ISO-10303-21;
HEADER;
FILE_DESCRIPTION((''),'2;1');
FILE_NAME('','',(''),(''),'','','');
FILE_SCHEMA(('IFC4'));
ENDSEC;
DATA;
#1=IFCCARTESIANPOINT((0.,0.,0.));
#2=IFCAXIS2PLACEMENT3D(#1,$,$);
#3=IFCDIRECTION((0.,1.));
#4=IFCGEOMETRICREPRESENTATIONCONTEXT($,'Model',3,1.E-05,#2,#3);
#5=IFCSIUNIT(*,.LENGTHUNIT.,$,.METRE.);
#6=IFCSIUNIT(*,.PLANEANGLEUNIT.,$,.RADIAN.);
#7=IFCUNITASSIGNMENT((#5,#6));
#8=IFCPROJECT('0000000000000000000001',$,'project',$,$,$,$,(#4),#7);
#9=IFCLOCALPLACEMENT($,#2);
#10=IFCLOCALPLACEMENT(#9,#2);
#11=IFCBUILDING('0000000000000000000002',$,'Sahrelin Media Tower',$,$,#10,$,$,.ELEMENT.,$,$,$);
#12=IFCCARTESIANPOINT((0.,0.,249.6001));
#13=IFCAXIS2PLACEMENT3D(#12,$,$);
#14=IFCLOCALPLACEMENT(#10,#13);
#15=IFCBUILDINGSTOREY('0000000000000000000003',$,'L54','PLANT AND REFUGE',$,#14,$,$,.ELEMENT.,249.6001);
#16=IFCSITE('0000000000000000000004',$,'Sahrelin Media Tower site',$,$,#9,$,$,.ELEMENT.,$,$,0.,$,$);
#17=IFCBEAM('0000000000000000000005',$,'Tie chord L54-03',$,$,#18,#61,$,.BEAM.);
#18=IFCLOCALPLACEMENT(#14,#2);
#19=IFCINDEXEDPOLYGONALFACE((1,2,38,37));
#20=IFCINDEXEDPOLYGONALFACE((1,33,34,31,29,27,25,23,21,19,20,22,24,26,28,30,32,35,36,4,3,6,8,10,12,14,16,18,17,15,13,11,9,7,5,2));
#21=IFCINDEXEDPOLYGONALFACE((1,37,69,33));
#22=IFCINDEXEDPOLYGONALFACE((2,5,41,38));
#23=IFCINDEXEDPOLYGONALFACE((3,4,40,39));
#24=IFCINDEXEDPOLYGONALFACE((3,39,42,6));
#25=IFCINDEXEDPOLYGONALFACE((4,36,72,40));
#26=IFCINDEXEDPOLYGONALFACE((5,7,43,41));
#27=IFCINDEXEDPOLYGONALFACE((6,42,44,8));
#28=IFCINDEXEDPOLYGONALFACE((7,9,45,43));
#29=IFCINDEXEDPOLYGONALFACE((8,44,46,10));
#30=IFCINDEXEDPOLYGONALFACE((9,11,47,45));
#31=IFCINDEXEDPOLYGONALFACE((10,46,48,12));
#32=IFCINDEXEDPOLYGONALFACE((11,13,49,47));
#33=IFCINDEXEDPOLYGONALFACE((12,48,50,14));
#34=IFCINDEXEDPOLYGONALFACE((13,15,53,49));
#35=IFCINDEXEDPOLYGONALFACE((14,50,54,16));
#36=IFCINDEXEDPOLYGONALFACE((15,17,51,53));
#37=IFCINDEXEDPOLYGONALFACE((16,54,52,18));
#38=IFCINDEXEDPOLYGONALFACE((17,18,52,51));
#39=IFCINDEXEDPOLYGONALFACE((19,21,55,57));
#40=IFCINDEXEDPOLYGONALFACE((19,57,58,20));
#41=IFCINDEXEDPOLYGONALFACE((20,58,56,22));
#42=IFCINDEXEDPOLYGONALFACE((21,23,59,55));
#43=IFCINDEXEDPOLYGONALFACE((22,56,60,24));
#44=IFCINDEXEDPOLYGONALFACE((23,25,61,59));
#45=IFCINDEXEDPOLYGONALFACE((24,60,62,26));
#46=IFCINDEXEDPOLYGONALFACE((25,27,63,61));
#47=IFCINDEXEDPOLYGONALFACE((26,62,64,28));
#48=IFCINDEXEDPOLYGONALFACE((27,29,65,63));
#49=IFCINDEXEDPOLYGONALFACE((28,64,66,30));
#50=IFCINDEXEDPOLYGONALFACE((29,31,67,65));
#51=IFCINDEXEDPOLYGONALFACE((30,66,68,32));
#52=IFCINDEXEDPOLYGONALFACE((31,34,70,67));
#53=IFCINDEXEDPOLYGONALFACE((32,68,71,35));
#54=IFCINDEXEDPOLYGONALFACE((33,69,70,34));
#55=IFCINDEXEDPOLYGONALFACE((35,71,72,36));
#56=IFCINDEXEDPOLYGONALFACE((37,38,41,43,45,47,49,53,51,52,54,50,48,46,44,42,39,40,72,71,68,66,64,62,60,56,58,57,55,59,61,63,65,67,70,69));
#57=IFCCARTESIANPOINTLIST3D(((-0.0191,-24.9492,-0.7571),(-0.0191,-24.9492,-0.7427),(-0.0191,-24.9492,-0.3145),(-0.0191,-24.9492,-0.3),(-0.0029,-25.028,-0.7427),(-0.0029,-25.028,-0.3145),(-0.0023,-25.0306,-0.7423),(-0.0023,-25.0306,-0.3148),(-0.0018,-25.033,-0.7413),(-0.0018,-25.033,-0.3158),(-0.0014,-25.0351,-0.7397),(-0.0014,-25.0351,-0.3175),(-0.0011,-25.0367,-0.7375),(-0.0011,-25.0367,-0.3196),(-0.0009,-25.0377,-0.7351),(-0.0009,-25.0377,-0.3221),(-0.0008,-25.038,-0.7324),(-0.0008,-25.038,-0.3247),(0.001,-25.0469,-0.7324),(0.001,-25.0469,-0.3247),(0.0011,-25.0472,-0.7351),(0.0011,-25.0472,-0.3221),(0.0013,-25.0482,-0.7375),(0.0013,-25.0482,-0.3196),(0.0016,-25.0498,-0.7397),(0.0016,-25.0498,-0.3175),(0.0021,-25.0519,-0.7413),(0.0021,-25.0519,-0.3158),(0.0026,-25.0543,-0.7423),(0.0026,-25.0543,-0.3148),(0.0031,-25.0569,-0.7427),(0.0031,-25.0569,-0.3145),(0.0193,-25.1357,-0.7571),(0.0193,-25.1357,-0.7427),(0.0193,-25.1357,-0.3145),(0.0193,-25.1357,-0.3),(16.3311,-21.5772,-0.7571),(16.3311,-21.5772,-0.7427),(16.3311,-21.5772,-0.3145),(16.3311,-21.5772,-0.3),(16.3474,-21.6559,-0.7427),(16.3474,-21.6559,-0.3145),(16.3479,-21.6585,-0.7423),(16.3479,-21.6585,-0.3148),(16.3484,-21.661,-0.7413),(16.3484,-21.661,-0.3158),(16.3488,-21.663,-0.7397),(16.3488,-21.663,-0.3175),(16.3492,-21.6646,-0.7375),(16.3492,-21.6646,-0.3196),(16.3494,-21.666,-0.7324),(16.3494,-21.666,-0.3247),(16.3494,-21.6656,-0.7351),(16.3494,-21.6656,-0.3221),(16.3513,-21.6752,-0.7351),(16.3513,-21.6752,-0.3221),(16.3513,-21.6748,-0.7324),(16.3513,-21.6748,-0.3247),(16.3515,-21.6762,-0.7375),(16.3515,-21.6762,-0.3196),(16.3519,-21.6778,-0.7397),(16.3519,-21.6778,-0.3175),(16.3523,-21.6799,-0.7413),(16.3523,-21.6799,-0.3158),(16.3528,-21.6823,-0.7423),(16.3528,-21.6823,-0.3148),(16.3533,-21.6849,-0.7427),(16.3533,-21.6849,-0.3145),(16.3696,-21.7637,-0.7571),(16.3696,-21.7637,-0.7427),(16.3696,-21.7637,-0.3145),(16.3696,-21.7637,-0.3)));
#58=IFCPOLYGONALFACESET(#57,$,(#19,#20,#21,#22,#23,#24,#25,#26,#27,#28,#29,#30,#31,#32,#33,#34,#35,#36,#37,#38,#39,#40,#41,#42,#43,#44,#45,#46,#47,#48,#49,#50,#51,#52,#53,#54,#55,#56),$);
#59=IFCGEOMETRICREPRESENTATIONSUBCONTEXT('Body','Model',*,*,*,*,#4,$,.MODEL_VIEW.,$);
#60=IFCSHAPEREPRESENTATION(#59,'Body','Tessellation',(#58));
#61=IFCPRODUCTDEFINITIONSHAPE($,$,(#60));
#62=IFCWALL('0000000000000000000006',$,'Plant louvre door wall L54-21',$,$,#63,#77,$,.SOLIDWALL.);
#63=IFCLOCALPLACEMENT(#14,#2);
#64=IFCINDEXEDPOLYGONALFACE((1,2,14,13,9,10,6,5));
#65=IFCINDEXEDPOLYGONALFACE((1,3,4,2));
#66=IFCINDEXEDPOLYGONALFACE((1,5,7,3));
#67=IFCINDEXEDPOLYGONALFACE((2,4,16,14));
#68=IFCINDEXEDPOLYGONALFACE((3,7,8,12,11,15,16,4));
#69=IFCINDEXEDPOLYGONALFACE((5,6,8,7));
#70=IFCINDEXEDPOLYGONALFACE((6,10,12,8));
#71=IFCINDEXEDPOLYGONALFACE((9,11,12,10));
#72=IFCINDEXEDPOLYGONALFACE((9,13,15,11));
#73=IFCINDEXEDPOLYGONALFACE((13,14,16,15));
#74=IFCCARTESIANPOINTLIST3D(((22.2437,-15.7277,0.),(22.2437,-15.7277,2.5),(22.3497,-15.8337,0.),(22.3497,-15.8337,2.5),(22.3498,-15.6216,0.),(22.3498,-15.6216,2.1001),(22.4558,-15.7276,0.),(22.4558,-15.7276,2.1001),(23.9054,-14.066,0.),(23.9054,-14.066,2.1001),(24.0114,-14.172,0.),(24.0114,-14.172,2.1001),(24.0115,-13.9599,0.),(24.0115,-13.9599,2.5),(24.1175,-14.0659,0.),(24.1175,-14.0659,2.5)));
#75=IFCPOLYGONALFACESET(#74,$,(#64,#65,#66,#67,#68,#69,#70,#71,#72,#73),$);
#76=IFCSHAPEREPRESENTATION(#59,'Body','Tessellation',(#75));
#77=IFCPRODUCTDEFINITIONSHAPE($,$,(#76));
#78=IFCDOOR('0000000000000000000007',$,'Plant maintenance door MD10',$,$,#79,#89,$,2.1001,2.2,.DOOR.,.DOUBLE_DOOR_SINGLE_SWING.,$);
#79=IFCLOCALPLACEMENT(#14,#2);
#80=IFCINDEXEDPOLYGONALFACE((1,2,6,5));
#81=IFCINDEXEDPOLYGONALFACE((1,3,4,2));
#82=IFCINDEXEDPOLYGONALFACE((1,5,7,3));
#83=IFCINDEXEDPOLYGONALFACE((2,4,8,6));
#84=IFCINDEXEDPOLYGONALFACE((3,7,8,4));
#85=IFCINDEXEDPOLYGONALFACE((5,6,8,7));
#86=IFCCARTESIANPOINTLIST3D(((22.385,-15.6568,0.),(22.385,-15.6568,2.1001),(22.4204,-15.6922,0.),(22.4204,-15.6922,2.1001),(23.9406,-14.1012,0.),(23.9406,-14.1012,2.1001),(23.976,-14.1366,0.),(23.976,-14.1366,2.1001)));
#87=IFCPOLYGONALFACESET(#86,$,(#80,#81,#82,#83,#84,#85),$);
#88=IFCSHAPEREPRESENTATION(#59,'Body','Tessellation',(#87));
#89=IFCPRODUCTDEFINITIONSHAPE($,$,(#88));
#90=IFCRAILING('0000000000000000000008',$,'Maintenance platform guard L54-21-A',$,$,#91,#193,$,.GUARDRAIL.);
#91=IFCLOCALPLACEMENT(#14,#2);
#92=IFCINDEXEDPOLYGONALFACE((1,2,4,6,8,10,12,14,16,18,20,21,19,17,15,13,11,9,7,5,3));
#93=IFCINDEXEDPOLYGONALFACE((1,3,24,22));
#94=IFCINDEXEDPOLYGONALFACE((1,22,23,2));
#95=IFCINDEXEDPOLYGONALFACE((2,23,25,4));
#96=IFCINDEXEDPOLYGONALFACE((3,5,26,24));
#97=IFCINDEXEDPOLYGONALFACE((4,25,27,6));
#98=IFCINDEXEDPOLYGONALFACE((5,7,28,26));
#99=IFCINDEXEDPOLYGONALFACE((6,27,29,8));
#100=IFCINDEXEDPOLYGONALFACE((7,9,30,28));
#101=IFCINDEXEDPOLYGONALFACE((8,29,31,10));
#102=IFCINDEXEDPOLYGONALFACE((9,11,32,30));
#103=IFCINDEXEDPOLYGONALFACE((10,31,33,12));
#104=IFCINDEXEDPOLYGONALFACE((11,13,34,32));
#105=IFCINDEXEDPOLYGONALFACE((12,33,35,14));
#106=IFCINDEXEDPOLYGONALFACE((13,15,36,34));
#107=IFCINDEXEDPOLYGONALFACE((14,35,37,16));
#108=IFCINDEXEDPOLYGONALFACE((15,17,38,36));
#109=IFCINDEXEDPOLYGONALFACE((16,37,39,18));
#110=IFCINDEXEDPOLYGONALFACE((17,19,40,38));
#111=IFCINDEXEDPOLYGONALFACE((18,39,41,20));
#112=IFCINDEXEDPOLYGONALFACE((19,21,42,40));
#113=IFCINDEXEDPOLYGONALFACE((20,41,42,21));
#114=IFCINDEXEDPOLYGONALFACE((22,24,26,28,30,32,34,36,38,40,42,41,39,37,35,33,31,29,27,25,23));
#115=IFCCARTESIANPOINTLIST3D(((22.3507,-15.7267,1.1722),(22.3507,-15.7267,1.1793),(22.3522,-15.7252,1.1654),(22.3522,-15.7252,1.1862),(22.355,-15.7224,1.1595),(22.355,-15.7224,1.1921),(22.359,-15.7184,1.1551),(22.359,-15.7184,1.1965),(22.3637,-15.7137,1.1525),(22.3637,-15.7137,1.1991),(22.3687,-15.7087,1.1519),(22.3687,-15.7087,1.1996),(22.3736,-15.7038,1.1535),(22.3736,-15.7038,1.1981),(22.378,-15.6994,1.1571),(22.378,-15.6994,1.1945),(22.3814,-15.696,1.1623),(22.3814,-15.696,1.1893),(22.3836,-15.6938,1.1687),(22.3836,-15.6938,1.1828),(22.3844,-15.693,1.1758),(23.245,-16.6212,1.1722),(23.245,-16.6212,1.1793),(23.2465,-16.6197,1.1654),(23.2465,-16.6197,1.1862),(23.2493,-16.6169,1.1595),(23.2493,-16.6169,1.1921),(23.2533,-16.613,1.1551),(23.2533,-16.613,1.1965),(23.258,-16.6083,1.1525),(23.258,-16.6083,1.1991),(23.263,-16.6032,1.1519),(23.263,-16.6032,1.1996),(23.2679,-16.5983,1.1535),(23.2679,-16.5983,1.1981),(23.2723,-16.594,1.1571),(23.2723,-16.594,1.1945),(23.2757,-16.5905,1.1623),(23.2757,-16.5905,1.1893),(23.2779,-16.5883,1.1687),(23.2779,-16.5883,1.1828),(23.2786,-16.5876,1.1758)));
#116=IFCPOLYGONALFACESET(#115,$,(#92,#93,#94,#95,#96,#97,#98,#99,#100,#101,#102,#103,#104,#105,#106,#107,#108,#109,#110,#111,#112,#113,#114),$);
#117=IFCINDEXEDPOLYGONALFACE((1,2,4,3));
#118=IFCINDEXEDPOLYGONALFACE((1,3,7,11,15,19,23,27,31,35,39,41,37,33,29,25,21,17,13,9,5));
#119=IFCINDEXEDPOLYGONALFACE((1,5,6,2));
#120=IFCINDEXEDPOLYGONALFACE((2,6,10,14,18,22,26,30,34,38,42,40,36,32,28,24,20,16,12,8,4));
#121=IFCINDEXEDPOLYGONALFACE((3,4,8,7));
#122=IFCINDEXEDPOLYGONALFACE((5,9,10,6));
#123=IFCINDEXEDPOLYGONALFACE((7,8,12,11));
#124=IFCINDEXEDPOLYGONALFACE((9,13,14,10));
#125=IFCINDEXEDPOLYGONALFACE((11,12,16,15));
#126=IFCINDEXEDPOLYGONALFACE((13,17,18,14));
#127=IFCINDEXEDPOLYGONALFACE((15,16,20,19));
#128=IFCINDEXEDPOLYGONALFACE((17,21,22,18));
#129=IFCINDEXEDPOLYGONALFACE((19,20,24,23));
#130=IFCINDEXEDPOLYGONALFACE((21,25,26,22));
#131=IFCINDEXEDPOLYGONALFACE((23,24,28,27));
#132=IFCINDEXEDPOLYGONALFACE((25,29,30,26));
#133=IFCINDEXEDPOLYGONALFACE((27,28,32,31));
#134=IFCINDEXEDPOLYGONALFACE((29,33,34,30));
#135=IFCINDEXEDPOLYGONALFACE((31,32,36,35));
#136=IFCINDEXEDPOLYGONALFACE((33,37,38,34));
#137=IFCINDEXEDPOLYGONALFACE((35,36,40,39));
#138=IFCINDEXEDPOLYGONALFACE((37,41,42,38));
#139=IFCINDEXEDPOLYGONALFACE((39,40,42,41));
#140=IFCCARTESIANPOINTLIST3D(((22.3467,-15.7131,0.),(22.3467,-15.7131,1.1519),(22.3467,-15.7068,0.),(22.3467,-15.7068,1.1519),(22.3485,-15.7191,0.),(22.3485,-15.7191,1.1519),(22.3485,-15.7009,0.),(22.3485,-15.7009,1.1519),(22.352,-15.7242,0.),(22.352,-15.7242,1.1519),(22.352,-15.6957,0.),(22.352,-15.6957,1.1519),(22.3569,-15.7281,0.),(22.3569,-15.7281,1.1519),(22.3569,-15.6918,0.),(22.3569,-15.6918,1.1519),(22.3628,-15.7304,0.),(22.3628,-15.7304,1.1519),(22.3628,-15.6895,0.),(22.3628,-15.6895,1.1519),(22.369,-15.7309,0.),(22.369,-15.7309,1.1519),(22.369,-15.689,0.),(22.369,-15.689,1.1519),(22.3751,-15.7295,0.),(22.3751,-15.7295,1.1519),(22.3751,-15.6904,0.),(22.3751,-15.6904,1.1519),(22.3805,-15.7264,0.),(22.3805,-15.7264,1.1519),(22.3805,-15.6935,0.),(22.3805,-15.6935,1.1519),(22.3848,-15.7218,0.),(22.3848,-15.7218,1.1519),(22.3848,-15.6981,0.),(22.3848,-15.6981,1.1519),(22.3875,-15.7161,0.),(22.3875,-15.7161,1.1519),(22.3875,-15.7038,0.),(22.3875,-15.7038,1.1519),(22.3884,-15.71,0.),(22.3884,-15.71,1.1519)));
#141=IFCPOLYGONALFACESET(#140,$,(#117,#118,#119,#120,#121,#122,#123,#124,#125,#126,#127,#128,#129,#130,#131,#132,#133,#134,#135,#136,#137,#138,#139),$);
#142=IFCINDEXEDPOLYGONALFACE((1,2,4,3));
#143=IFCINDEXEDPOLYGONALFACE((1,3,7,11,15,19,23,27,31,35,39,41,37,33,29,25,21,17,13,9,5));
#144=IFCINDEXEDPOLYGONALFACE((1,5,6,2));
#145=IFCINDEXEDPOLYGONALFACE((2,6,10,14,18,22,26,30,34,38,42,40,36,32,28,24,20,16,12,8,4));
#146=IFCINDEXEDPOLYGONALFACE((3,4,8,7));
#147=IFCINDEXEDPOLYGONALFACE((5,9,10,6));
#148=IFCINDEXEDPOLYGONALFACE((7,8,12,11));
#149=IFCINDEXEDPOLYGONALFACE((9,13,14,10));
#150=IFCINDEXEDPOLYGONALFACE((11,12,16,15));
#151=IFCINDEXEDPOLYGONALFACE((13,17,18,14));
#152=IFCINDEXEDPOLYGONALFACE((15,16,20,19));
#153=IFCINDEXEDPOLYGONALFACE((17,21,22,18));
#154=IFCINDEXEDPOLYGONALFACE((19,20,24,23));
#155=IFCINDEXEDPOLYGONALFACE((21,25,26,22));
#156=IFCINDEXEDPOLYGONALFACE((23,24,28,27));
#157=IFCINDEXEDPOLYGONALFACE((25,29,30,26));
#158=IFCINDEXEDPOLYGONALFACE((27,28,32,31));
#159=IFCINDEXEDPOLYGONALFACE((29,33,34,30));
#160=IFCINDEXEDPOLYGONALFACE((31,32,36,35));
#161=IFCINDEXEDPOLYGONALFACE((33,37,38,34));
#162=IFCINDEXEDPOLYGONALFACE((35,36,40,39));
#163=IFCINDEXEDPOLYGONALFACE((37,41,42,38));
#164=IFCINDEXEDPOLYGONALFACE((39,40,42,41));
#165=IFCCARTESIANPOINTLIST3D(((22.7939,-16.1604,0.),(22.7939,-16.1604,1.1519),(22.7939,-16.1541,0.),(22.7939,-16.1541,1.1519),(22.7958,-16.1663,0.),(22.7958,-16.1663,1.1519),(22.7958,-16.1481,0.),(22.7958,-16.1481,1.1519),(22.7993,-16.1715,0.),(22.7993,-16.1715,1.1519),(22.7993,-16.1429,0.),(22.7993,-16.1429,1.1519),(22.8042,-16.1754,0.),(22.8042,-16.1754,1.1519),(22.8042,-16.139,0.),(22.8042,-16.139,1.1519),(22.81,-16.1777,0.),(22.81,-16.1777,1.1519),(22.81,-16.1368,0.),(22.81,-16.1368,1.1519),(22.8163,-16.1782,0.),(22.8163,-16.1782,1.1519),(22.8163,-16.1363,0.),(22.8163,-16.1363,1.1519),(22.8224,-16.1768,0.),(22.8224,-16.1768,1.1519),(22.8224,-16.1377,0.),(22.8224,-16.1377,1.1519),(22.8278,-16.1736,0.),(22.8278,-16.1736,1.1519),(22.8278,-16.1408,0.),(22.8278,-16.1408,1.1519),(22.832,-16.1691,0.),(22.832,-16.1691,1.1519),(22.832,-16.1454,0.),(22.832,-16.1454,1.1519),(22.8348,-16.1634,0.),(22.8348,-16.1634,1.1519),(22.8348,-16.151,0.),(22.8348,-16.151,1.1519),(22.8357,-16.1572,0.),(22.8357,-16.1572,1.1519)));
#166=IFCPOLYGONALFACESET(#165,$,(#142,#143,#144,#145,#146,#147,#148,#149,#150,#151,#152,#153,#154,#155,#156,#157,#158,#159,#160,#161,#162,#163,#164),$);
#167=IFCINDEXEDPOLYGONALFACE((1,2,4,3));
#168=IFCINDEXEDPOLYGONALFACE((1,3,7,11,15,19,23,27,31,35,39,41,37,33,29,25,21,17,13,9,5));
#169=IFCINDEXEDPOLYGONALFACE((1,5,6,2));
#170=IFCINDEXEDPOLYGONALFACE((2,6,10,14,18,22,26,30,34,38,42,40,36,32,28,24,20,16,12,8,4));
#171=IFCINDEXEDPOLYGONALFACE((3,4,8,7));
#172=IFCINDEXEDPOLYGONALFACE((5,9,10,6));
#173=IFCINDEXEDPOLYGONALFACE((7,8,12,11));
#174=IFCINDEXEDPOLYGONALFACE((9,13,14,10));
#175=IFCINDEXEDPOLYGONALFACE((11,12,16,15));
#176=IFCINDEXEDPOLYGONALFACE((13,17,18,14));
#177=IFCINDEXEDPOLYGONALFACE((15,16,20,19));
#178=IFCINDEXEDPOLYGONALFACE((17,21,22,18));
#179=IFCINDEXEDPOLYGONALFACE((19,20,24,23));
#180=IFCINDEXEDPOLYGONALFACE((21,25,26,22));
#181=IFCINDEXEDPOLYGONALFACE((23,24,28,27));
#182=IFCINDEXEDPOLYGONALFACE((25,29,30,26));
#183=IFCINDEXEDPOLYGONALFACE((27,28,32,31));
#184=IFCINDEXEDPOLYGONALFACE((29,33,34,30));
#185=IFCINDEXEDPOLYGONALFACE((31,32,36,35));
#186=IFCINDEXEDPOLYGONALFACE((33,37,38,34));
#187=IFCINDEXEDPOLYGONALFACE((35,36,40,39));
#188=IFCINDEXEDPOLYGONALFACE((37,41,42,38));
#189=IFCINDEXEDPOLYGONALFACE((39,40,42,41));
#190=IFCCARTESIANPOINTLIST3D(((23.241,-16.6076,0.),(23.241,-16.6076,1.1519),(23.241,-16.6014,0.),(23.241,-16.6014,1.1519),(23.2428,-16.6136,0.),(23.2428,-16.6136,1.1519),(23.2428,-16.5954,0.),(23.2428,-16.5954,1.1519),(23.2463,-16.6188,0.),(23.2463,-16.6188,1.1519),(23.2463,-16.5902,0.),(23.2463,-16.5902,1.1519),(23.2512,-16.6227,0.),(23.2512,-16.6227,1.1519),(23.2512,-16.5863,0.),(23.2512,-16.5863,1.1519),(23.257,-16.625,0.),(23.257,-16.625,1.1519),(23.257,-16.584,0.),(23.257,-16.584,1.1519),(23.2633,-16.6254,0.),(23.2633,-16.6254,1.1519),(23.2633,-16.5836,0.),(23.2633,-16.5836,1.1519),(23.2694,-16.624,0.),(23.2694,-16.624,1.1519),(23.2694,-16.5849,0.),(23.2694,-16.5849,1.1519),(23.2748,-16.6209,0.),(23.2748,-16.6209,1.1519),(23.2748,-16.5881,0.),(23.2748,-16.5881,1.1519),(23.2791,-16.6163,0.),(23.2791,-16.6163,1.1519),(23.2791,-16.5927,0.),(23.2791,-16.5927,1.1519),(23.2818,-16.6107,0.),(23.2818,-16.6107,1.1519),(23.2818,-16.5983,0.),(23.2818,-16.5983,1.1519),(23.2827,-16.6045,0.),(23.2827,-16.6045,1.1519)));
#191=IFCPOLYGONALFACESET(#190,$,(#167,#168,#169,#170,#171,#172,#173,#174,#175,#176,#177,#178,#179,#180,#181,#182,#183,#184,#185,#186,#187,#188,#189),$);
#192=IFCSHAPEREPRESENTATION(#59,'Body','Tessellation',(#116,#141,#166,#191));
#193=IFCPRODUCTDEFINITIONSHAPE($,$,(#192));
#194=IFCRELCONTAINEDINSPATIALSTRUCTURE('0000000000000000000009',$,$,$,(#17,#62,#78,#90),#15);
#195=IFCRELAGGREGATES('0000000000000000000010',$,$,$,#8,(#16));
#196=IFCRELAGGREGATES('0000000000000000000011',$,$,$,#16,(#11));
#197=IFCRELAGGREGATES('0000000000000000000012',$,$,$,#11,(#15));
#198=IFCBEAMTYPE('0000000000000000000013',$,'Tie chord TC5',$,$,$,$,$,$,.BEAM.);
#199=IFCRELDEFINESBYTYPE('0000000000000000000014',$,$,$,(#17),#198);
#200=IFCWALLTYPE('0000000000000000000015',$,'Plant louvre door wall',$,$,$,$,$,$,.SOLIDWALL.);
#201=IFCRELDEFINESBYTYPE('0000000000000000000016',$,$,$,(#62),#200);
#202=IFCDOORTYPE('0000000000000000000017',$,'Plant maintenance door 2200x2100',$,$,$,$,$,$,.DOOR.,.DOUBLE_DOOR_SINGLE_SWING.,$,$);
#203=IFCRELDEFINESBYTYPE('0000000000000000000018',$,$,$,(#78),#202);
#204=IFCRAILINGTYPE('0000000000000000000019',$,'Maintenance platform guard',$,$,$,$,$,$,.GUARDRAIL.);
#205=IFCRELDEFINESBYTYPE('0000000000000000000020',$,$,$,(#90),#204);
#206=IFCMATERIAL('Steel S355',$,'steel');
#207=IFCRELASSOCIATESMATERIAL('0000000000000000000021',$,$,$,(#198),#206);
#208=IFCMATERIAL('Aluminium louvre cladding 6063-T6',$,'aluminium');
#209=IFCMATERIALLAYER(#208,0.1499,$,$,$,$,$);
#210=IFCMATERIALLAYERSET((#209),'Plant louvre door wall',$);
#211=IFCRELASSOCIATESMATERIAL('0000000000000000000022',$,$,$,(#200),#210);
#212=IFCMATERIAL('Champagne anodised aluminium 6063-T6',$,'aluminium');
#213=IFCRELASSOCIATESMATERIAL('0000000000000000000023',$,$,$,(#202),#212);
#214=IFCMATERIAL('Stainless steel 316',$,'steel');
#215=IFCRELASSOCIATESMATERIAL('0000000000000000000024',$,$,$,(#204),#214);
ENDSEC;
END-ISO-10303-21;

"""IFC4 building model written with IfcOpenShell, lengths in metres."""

from ifc_helpers import new_model, si_unit, direction, frame, frame_2d, origin, origin_2d, place, context, subcontext, project, spatial, rectangle, circle, i_section, extrude, material, layer, layer_set, material_profile, profile_set, type_object, element, fill, save


model = new_model("IFC4")

# Units and contexts
model_context = context("Model", 3, precision=1e-05, world=origin(), true_north=direction((0.0, 1.0)))
body_context = subcontext(model_context, "Body", "Model", "MODEL_VIEW")
ifc_project = project(units=[si_unit("LENGTHUNIT", "METRE"), si_unit("PLANEANGLEUNIT", "RADIAN")], contexts=[model_context])

# Site, building, storey
site_placement = place(None, origin())
site = spatial("IfcSite", under=ifc_project, at=site_placement, Name="Sahrelin Media Tower site", CompositionType="ELEMENT", RefElevation=0.0)
building_placement = place(site_placement, origin())
building = spatial("IfcBuilding", under=site, at=building_placement, Name="Sahrelin Media Tower", CompositionType="ELEMENT")
storey_placement = place(building_placement, frame((0.0, 0.0, 249.6001)))
storey = spatial("IfcBuildingStorey", under=building, at=storey_placement, Name="L54", Description="PLANT AND REFUGE", CompositionType="ELEMENT", Elevation=249.6001)

# Beam
ifc_material_1 = material(Name="Steel S355", Category="steel")
ifc_material_profile_1 = material_profile(ifc_material_1, i_section(OverallWidth=0.1904, OverallDepth=0.457, WebThickness=0.009, FlangeThickness=0.0144, FilletRadius=0.0103, at=origin_2d()), Name="UB 457x191x74")
ifc_profile_set_1 = profile_set([ifc_material_profile_1], Name="Steel S355")
beam_type_1 = type_object("IfcBeamType", Name="Tie chord TC5", PredefinedType="BEAM", material=ifc_profile_set_1)
beam_1_placement = place(storey_placement, frame((16.3503, -21.6704, -0.5286), z_axis=(-0.979388, -0.201988, 0.0), x_axis=(0.201988, -0.979388, 0.0)))
element("IfcBeam", 1, at=beam_1_placement, inside=storey, type_object=beam_type_1, Name="Tie chord L54-03", PredefinedType="BEAM", context=body_context, shape_type="SweptSolid", body=[
    extrude(i_section(OverallWidth=0.1904, OverallDepth=0.457, WebThickness=0.009, FlangeThickness=0.0144, FilletRadius=0.0103, at=origin_2d()), origin(), (0.0, 0.0, 1.0), 16.6943),
])

# Wall, opening, door
ifc_material_2 = material(Name="Aluminium louvre cladding 6063-T6", Category="aluminium")
ifc_layer = layer(ifc_material_2, 0.1499)
ifc_layer_set = layer_set([ifc_layer], Name="Plant louvre door wall")
wall_type = type_object("IfcWallType", Name="Plant louvre door wall", PredefinedType="SOLIDWALL", material=ifc_layer_set)
wall_placement = place(storey_placement, frame((24.0645, -14.0129, 0.0), z_axis=(0.0, 0.0, 1.0), x_axis=(-0.707107, -0.707107, 0.0)))
wall = element("IfcWall", 2, at=wall_placement, inside=storey, type_object=wall_type, Name="Plant louvre door wall L54-21", PredefinedType="SOLIDWALL", context=body_context, shape_type="SweptSolid", body=[
    extrude(rectangle(XDim=2.5, YDim=0.1499, at=frame_2d((1.25, 0.0))), origin(), (0.0, 0.0, 1.0), 2.5),
])
opening_placement = place(wall_placement, frame((0.1499, 0.0, 0.0)))
opening = element("IfcOpeningElement", 3, at=opening_placement, cuts=wall, PredefinedType="OPENING", context=body_context, shape_type="SweptSolid", body=[
    extrude(rectangle(XDim=2.2, YDim=2.1001, at=frame_2d((1.1001, 1.05))), frame((0.0, 0.075, 0.0), z_axis=(0.0, -1.0, 0.0), x_axis=(1.0, 0.0, 0.0)), (0.0, 0.0, 1.0), 0.1499),
])
ifc_material_3 = material(Name="Champagne anodised aluminium 6063-T6", Category="aluminium")
door_type = type_object("IfcDoorType", Name="Plant maintenance door 2200x2100", OperationType="DOUBLE_DOOR_SINGLE_SWING", PredefinedType="DOOR", material=ifc_material_3)
door_placement = place(opening_placement, origin())
door = element("IfcDoor", 4, at=door_placement, inside=storey, type_object=door_type, Name="Plant maintenance door MD10", OperationType="DOUBLE_DOOR_SINGLE_SWING", OverallHeight=2.1001, OverallWidth=2.2, PredefinedType="DOOR", context=body_context, shape_type="SweptSolid", body=[
    extrude(rectangle(XDim=2.2, YDim=2.1001, at=frame_2d((1.1001, 1.05))), frame((0.0, 0.0249, 0.0), z_axis=(0.0, -1.0, 0.0), x_axis=(1.0, 0.0, 0.0)), (0.0, 0.0, 1.0), 0.05),
])
fill(opening, door)

# Railing
ifc_material_4 = material(Name="Stainless steel 316", Category="steel")
railing_type = type_object("IfcRailingType", Name="Maintenance platform guard", PredefinedType="GUARDRAIL", material=ifc_material_4)
railing_1_placement = place(storey_placement, frame((22.3674, -15.71, 0.0)))
element("IfcRailing", 5, at=railing_1_placement, inside=storey, type_object=railing_type, Name="Maintenance platform guard L54-21-A", PredefinedType="GUARDRAIL", context=body_context, shape_type="SweptSolid", body=[
    extrude(circle(Radius=0.0239, at=origin_2d()), frame((0.0, 0.0, 1.1758), z_axis=(0.70701, -0.707203, 0.0), x_axis=(0.707203, 0.70701, 0.0)), (0.0, 0.0, 1.0), 1.2649),
    extrude(circle(Radius=0.021, at=origin_2d()), origin(), (0.0, 0.0, 1.0), 1.1519),
    extrude(circle(Radius=0.021, at=origin_2d()), frame((0.4473, -0.4473, 0.0)), (0.0, 0.0, 1.0), 1.1519),
    extrude(circle(Radius=0.021, at=origin_2d()), frame((0.8943, -0.8945, 0.0)), (0.0, 0.0, 1.0), 1.1519),
])

save(model, "model.ifc")
